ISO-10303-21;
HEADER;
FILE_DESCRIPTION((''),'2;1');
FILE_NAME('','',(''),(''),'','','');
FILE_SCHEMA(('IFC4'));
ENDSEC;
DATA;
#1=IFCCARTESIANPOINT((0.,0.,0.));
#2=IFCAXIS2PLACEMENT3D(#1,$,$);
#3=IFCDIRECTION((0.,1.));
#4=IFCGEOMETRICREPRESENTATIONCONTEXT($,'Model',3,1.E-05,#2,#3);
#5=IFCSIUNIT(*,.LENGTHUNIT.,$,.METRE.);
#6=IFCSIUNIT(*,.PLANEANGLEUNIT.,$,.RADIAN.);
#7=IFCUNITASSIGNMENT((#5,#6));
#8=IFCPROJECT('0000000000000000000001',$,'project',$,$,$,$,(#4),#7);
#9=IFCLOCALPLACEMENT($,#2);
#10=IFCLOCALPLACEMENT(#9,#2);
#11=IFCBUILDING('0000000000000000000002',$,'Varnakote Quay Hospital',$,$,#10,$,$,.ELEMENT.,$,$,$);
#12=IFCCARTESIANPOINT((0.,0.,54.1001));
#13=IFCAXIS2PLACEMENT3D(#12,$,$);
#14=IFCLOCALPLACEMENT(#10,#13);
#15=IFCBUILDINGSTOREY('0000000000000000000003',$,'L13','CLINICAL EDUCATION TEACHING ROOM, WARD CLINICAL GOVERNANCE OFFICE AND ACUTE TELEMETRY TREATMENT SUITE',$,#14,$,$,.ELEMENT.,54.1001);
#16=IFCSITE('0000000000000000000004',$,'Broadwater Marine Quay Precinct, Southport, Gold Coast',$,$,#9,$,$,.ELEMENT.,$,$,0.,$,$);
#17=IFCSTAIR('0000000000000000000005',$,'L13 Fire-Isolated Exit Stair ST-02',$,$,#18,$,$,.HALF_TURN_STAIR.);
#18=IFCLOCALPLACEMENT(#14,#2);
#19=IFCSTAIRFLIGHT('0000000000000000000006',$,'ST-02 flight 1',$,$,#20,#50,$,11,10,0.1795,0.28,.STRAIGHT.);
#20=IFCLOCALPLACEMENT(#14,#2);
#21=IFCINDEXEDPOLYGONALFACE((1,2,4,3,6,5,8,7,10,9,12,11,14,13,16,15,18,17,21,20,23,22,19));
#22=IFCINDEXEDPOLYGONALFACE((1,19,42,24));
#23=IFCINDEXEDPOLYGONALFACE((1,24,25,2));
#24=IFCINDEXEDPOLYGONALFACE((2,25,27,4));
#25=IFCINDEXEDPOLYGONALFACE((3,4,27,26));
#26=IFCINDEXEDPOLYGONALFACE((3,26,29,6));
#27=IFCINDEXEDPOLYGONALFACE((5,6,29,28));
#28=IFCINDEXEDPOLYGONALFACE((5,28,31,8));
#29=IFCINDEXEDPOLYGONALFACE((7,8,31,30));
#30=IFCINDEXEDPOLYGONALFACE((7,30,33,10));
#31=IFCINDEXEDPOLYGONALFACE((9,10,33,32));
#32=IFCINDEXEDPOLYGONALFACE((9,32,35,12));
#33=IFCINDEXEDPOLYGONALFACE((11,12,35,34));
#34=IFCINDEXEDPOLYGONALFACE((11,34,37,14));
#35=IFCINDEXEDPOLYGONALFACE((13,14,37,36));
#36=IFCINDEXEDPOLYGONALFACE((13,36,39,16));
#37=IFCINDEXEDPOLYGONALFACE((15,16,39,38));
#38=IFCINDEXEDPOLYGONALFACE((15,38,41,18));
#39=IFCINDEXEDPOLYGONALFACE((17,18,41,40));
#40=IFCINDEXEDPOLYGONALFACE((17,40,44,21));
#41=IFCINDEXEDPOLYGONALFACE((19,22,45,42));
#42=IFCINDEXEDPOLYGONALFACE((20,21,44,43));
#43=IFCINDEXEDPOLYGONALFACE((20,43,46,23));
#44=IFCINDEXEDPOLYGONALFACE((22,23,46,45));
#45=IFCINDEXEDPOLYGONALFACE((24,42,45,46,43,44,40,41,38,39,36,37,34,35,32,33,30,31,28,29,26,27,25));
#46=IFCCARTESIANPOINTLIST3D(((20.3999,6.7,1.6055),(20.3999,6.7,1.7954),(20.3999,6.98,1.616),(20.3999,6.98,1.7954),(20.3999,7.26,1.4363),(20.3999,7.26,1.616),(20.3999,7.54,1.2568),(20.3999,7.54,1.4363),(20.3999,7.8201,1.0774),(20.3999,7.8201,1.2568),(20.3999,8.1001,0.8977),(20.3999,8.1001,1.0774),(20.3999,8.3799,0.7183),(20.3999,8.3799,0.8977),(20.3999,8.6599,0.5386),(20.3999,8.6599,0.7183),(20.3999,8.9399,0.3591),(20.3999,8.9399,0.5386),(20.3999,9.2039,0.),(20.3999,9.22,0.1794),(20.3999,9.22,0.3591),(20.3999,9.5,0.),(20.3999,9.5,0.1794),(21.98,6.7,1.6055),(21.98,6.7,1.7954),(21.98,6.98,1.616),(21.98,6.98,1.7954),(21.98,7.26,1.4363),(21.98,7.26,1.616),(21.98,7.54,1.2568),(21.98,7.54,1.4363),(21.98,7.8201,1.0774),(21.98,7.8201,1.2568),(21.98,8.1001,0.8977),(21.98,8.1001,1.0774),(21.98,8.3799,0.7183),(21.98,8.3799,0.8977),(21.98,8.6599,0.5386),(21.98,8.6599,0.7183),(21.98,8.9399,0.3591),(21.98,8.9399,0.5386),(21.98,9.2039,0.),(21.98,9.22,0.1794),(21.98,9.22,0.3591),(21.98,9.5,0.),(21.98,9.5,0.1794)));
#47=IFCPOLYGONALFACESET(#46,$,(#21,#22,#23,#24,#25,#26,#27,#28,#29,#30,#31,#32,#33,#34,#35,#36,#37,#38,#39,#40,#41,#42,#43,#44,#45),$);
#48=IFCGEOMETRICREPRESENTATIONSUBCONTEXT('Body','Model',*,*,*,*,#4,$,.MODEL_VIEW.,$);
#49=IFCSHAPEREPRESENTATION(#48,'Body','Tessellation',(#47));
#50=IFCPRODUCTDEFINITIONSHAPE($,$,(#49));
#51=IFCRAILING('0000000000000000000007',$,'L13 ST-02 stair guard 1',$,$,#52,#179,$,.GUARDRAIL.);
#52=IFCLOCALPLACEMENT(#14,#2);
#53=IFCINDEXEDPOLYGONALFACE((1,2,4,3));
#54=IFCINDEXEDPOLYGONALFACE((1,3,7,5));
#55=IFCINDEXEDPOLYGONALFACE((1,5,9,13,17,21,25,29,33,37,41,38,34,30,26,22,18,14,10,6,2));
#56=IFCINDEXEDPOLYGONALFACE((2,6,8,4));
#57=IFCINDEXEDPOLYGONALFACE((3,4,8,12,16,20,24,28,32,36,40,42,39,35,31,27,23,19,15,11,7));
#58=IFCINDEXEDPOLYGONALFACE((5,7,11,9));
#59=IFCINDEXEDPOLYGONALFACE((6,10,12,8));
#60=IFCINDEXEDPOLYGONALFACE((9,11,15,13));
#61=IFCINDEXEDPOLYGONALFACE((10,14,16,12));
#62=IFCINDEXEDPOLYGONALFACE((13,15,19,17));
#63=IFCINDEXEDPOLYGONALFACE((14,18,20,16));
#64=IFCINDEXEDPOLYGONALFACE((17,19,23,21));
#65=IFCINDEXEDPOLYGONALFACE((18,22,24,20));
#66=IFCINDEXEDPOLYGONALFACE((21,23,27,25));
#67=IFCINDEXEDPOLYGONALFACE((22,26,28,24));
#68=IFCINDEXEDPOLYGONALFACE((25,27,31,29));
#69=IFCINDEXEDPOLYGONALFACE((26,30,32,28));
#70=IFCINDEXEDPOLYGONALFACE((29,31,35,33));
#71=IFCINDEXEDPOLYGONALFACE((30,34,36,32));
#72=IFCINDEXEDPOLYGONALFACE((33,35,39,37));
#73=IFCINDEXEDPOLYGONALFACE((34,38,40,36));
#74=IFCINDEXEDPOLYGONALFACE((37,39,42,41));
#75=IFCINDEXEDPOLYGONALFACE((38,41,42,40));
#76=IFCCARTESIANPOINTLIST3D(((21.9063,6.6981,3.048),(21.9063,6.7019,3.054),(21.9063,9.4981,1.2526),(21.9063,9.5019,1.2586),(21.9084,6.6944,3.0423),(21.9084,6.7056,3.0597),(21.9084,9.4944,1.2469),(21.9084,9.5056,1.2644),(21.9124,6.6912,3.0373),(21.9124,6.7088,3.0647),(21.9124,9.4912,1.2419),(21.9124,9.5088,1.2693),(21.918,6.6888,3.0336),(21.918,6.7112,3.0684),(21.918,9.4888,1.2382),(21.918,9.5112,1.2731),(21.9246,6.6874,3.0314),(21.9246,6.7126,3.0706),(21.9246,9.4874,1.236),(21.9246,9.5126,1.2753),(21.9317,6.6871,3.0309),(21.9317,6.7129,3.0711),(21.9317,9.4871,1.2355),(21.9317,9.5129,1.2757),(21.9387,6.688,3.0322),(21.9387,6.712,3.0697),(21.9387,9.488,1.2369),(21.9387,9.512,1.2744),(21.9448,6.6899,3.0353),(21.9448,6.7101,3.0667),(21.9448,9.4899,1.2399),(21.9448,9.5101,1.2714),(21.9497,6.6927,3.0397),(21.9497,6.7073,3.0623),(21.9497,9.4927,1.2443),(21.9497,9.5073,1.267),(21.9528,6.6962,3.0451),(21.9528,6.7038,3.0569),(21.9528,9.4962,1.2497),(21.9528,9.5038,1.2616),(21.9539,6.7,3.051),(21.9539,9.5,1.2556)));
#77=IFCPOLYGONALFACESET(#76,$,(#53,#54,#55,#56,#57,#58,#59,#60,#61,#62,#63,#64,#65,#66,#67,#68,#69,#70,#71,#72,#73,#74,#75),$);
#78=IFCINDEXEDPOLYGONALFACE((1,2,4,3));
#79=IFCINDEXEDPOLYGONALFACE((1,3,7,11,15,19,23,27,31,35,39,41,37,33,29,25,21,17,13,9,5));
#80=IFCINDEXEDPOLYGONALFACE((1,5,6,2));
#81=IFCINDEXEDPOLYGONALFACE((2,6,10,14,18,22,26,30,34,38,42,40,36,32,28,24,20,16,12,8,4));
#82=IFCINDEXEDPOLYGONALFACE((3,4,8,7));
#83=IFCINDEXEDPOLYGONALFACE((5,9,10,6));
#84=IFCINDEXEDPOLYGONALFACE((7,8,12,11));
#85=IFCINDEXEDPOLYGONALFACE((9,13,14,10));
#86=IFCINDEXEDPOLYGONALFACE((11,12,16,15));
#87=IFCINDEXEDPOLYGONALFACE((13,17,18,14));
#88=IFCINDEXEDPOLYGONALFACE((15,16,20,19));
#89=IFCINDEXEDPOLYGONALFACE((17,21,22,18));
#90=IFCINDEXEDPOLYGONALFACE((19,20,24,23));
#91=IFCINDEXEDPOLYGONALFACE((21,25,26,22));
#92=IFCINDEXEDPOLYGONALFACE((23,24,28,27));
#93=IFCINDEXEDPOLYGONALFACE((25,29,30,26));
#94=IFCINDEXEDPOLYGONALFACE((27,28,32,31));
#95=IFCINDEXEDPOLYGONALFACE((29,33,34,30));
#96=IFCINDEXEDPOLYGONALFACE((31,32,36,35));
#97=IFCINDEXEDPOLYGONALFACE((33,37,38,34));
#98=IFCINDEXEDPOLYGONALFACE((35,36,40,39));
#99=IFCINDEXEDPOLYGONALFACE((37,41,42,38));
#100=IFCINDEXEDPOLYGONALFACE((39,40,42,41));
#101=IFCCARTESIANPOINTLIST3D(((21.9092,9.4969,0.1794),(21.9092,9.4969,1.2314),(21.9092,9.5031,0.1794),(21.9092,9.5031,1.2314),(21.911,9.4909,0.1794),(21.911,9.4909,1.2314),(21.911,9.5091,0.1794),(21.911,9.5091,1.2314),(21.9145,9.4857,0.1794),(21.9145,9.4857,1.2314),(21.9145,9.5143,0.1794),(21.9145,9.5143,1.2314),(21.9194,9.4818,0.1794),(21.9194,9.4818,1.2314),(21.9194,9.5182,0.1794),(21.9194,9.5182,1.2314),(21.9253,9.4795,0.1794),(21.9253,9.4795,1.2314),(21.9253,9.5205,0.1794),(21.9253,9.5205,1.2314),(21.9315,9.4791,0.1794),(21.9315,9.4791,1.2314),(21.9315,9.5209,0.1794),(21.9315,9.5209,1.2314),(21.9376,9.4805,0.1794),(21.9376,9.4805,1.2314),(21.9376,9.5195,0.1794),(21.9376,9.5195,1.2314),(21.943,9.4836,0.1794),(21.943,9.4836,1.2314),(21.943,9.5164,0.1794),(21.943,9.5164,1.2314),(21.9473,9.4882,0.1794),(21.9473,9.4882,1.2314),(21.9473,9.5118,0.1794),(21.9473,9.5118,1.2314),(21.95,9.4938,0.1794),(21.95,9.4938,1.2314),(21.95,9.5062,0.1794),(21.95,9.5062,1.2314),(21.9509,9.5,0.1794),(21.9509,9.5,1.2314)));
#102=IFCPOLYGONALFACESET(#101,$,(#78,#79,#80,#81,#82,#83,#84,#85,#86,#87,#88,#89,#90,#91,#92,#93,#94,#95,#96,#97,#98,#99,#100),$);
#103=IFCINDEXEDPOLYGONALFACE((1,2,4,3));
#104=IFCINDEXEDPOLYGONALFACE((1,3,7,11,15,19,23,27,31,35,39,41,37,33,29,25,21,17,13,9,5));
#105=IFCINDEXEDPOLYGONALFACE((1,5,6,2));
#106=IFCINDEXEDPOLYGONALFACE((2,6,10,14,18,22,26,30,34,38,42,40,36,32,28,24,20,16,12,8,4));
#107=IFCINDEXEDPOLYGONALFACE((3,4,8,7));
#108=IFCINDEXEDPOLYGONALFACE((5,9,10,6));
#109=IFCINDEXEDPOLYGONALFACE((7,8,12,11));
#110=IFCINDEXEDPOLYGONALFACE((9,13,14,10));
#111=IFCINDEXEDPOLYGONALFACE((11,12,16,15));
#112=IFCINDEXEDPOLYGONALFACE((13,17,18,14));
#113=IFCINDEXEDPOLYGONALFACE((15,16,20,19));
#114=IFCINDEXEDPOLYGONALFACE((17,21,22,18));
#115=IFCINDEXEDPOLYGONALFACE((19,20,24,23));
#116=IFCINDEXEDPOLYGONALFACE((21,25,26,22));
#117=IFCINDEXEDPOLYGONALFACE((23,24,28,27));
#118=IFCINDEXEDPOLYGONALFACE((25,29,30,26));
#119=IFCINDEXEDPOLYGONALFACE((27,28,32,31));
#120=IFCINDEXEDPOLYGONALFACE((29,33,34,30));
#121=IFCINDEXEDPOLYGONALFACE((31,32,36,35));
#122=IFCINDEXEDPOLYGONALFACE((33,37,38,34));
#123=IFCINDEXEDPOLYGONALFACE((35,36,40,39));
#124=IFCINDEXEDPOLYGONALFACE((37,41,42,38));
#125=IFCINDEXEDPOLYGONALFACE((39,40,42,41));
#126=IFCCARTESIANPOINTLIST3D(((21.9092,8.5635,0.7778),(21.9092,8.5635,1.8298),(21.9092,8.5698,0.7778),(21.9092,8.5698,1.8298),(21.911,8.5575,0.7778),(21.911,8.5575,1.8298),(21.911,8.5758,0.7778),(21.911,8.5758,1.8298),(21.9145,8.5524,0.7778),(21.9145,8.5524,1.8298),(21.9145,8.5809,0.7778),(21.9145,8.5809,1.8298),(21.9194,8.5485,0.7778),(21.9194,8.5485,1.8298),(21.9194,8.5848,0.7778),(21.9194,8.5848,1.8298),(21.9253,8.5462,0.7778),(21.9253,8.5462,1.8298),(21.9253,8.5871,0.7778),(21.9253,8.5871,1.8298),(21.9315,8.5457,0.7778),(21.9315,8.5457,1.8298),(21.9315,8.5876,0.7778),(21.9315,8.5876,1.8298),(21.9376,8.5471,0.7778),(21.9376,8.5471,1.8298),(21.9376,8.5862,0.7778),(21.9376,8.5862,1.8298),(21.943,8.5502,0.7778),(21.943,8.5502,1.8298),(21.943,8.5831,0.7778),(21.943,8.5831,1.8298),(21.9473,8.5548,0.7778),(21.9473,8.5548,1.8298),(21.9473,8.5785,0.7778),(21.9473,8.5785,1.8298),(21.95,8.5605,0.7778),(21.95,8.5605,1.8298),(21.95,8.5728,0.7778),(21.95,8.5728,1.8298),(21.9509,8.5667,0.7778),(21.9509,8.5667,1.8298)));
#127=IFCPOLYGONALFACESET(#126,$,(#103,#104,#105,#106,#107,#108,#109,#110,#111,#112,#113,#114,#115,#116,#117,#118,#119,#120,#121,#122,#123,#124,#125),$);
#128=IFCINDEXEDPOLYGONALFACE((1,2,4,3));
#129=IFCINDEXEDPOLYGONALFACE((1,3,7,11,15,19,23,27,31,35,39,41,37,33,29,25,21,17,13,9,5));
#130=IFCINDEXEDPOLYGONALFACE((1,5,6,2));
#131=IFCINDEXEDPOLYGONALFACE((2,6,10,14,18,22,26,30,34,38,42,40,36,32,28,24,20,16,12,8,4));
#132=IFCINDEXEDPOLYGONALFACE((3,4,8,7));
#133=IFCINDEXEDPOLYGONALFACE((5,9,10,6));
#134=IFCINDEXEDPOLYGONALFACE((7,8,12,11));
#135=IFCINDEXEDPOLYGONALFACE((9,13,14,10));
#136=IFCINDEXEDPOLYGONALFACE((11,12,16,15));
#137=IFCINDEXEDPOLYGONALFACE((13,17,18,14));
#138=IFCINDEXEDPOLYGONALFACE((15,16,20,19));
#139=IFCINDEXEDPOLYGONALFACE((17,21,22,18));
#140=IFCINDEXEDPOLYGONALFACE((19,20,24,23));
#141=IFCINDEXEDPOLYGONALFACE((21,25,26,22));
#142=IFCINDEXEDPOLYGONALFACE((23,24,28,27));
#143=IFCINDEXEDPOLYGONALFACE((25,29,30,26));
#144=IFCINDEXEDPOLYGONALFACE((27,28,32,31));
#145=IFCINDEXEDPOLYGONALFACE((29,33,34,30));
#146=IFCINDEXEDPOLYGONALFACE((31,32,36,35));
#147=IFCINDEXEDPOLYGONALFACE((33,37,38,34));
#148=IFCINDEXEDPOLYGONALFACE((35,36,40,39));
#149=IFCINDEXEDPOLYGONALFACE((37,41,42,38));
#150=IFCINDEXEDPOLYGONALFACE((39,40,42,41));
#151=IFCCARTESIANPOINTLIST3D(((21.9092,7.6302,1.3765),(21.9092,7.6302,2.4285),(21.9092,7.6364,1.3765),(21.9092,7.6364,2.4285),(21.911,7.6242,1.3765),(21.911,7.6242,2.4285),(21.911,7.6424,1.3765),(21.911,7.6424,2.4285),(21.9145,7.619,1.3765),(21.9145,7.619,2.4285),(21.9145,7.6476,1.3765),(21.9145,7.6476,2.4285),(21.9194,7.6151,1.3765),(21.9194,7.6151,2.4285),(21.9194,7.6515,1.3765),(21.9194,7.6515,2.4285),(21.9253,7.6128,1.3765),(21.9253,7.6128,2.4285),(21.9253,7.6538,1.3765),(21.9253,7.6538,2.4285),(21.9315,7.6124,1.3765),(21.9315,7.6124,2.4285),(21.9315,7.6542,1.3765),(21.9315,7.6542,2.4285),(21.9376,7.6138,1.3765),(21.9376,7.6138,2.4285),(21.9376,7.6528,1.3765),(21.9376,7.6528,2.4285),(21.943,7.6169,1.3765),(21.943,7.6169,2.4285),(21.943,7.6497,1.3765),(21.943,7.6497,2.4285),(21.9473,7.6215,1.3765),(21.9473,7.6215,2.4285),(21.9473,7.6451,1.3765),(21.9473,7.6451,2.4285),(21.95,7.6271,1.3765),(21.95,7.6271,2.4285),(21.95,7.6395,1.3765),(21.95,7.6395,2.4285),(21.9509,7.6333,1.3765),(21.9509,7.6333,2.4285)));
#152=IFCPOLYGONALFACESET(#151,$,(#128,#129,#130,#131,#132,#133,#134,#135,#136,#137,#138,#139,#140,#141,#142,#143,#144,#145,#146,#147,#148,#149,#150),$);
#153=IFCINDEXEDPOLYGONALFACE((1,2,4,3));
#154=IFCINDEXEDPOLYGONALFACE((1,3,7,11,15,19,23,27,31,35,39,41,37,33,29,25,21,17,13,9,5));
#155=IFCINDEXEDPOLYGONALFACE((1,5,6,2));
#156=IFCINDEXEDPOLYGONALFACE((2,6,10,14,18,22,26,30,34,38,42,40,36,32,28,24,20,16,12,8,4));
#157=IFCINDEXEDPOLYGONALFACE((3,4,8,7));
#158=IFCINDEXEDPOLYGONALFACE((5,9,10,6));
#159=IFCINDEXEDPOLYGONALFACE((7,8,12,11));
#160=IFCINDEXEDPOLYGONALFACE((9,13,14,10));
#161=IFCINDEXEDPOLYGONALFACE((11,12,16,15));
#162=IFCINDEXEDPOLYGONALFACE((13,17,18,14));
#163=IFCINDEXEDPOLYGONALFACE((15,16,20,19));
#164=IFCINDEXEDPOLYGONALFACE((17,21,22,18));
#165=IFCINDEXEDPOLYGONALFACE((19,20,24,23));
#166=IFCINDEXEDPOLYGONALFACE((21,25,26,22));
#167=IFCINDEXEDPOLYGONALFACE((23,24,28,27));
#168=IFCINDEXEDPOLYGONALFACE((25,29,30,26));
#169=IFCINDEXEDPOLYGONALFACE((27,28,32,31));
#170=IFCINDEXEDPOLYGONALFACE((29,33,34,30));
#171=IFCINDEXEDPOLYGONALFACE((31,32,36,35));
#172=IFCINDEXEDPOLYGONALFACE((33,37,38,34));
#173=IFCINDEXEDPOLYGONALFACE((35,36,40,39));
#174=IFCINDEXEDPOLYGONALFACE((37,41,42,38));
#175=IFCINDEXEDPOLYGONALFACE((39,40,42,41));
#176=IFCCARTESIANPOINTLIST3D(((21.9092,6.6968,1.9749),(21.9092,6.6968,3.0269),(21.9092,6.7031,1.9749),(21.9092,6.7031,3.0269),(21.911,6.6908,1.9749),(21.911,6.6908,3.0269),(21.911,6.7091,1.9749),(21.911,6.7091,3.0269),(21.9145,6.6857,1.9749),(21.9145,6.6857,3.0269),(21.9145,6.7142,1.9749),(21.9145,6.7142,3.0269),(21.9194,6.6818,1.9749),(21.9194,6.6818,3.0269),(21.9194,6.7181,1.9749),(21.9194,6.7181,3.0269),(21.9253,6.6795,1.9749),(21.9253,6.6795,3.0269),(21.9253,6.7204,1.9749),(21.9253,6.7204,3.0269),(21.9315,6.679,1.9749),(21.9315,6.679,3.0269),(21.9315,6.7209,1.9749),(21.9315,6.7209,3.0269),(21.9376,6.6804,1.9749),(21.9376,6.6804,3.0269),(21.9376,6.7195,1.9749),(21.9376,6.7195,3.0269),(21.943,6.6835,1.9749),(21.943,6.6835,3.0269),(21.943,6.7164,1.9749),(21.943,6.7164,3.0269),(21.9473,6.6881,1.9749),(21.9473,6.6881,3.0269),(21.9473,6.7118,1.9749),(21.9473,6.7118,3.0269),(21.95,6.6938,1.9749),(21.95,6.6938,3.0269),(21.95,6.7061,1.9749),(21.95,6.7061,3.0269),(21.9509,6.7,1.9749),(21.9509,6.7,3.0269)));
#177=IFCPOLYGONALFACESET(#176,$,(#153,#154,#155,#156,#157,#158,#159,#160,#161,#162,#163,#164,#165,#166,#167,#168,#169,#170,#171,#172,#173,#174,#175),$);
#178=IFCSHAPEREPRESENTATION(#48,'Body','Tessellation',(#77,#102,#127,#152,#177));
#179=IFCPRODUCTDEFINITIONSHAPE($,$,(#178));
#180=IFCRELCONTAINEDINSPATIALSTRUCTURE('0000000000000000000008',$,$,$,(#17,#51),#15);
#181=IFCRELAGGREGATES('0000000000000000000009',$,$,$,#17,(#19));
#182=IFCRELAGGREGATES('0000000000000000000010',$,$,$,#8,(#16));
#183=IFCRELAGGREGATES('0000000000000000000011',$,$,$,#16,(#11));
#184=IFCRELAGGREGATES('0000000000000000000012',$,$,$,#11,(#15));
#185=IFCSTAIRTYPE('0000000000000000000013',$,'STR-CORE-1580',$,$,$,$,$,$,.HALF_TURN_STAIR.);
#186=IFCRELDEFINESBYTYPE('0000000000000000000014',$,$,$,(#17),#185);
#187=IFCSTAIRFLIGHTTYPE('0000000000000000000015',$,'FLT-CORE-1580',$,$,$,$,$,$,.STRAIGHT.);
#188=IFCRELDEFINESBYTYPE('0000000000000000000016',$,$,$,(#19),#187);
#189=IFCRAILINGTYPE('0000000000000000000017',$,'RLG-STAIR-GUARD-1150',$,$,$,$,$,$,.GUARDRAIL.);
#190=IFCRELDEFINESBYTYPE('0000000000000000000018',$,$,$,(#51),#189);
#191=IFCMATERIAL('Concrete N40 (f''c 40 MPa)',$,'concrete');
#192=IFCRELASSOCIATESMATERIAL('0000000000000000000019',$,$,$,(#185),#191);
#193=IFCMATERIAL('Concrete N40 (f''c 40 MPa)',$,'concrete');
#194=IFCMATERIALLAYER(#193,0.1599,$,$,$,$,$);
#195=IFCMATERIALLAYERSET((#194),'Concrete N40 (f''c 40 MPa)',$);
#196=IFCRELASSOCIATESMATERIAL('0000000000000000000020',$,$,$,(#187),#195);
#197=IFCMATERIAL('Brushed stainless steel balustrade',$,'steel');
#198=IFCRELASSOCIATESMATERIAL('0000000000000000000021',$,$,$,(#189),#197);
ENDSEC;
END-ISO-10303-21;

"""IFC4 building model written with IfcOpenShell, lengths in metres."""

from ifc_helpers import new_model, si_unit, direction, frame, origin, origin_2d, place, context, subcontext, project, spatial, polyline, circle, outline, extrude, material, layer, layer_set, type_object, element, aggregate, save


model = new_model("IFC4")

# Units and contexts
model_context = context("Model", 3, precision=1e-05, world=origin(), true_north=direction((0.0, 1.0)))
body_context = subcontext(model_context, "Body", "Model", "MODEL_VIEW")
ifc_project = project(units=[si_unit("LENGTHUNIT", "METRE"), si_unit("PLANEANGLEUNIT", "RADIAN")], contexts=[model_context])

# Site, building, storey
site_placement = place(None, origin())
site = spatial("IfcSite", under=ifc_project, at=site_placement, Name="Broadwater Marine Quay Precinct, Southport, Gold Coast", CompositionType="ELEMENT", RefElevation=0.0)
building_placement = place(site_placement, origin())
building = spatial("IfcBuilding", under=site, at=building_placement, Name="Varnakote Quay Hospital", CompositionType="ELEMENT")
storey_placement = place(building_placement, frame((0.0, 0.0, 54.1001)))
storey = spatial("IfcBuildingStorey", under=building, at=storey_placement, Name="L13", Description="CLINICAL EDUCATION TEACHING ROOM, WARD CLINICAL GOVERNANCE OFFICE AND ACUTE TELEMETRY TREATMENT SUITE", CompositionType="ELEMENT", Elevation=54.1001)

# Stair, stair flight
ifc_material_1 = material(Name="Concrete N40 (f'c 40 MPa)", Category="concrete")
stair_type = type_object("IfcStairType", Name="STR-CORE-1580", PredefinedType="HALF_TURN_STAIR", material=ifc_material_1)
stair_placement = place(storey_placement, origin())
stair = element("IfcStair", 1, at=stair_placement, inside=storey, type_object=stair_type, Name="L13 Fire-Isolated Exit Stair ST-02", PredefinedType="HALF_TURN_STAIR")
ifc_material_2 = material(Name="Concrete N40 (f'c 40 MPa)", Category="concrete")
ifc_layer_1 = layer(ifc_material_2, 0.1599)
ifc_layer_set_1 = layer_set([ifc_layer_1], Name="Concrete N40 (f'c 40 MPa)")
stair_flight_type = type_object("IfcStairFlightType", Name="FLT-CORE-1580", PredefinedType="STRAIGHT", material=ifc_layer_set_1)
stair_flight_placement = place(storey_placement, frame((21.1899, 9.5, 0.0), z_axis=(0.0, 0.0, 1.0), x_axis=(0.0, -1.0, 0.0)))
stair_flight = element("IfcStairFlight", 2, at=stair_flight_placement, type_object=stair_flight_type, Name="ST-02 flight 1", NumberOfRisers=11, NumberOfTreads=10, PredefinedType="STRAIGHT", RiserHeight=0.1795, TreadLength=0.28, context=body_context, shape_type="SweptSolid", body=[
    extrude(outline(polyline([(0.0, 0.0), (0.0, 0.1794), (0.28, 0.1794), (0.28, 0.3591), (0.5601, 0.3591), (0.5601, 0.5386), (0.8401, 0.5386), (0.8401, 0.7183), (1.1201, 0.7183), (1.1201, 0.8977), (1.3999, 0.8977), (1.3999, 1.0774), (1.6799, 1.0774), (1.6799, 1.2568), (1.96, 1.2568), (1.96, 1.4363), (2.24, 1.4363), (2.24, 1.616), (2.52, 1.616), (2.52, 1.7954), (2.8, 1.7954), (2.8, 1.9751), (2.8, 1.6055), (0.2961, 0.0), (0.0, 0.0)])), frame((0.0, 0.79, 0.0), z_axis=(0.0, -1.0, 0.0), x_axis=(1.0, 0.0, 0.0)), (0.0, 0.0, 1.0), 1.5801),
])
aggregate(stair, [stair_flight])

# Railing
ifc_material_3 = material(Name="Brushed stainless steel balustrade", Category="steel")
railing_type_1 = type_object("IfcRailingType", Name="RLG-STAIR-GUARD-1150", PredefinedType="GUARDRAIL", material=ifc_material_3)
railing_1_placement = place(storey_placement, frame((21.9299, 9.5, 0.1794)))
element("IfcRailing", 3, at=railing_1_placement, inside=storey, type_object=railing_type_1, Name="L13 ST-02 stair guard 1", PredefinedType="GUARDRAIL", context=body_context, shape_type="SweptSolid", body=[
    extrude(circle(Radius=0.0239, at=origin_2d()), frame((0.0, 0.0, 1.0762), z_axis=(0.0, -0.84181, 0.539774), x_axis=(1.0, 0.0, 0.0)), (0.0, 0.0, 1.0), 3.3262),
    extrude(circle(Radius=0.021, at=origin_2d()), origin(), (0.0, 0.0, 1.0), 1.052),
    extrude(circle(Radius=0.021, at=origin_2d()), frame((0.0, -0.9333, 0.5984)), (0.0, 0.0, 1.0), 1.052),
    extrude(circle(Radius=0.021, at=origin_2d()), frame((0.0, -1.8667, 1.197)), (0.0, 0.0, 1.0), 1.052),
    extrude(circle(Radius=0.021, at=origin_2d()), frame((0.0, -2.8, 1.7954)), (0.0, 0.0, 1.0), 1.052),
])

save(model, "model.ifc")
